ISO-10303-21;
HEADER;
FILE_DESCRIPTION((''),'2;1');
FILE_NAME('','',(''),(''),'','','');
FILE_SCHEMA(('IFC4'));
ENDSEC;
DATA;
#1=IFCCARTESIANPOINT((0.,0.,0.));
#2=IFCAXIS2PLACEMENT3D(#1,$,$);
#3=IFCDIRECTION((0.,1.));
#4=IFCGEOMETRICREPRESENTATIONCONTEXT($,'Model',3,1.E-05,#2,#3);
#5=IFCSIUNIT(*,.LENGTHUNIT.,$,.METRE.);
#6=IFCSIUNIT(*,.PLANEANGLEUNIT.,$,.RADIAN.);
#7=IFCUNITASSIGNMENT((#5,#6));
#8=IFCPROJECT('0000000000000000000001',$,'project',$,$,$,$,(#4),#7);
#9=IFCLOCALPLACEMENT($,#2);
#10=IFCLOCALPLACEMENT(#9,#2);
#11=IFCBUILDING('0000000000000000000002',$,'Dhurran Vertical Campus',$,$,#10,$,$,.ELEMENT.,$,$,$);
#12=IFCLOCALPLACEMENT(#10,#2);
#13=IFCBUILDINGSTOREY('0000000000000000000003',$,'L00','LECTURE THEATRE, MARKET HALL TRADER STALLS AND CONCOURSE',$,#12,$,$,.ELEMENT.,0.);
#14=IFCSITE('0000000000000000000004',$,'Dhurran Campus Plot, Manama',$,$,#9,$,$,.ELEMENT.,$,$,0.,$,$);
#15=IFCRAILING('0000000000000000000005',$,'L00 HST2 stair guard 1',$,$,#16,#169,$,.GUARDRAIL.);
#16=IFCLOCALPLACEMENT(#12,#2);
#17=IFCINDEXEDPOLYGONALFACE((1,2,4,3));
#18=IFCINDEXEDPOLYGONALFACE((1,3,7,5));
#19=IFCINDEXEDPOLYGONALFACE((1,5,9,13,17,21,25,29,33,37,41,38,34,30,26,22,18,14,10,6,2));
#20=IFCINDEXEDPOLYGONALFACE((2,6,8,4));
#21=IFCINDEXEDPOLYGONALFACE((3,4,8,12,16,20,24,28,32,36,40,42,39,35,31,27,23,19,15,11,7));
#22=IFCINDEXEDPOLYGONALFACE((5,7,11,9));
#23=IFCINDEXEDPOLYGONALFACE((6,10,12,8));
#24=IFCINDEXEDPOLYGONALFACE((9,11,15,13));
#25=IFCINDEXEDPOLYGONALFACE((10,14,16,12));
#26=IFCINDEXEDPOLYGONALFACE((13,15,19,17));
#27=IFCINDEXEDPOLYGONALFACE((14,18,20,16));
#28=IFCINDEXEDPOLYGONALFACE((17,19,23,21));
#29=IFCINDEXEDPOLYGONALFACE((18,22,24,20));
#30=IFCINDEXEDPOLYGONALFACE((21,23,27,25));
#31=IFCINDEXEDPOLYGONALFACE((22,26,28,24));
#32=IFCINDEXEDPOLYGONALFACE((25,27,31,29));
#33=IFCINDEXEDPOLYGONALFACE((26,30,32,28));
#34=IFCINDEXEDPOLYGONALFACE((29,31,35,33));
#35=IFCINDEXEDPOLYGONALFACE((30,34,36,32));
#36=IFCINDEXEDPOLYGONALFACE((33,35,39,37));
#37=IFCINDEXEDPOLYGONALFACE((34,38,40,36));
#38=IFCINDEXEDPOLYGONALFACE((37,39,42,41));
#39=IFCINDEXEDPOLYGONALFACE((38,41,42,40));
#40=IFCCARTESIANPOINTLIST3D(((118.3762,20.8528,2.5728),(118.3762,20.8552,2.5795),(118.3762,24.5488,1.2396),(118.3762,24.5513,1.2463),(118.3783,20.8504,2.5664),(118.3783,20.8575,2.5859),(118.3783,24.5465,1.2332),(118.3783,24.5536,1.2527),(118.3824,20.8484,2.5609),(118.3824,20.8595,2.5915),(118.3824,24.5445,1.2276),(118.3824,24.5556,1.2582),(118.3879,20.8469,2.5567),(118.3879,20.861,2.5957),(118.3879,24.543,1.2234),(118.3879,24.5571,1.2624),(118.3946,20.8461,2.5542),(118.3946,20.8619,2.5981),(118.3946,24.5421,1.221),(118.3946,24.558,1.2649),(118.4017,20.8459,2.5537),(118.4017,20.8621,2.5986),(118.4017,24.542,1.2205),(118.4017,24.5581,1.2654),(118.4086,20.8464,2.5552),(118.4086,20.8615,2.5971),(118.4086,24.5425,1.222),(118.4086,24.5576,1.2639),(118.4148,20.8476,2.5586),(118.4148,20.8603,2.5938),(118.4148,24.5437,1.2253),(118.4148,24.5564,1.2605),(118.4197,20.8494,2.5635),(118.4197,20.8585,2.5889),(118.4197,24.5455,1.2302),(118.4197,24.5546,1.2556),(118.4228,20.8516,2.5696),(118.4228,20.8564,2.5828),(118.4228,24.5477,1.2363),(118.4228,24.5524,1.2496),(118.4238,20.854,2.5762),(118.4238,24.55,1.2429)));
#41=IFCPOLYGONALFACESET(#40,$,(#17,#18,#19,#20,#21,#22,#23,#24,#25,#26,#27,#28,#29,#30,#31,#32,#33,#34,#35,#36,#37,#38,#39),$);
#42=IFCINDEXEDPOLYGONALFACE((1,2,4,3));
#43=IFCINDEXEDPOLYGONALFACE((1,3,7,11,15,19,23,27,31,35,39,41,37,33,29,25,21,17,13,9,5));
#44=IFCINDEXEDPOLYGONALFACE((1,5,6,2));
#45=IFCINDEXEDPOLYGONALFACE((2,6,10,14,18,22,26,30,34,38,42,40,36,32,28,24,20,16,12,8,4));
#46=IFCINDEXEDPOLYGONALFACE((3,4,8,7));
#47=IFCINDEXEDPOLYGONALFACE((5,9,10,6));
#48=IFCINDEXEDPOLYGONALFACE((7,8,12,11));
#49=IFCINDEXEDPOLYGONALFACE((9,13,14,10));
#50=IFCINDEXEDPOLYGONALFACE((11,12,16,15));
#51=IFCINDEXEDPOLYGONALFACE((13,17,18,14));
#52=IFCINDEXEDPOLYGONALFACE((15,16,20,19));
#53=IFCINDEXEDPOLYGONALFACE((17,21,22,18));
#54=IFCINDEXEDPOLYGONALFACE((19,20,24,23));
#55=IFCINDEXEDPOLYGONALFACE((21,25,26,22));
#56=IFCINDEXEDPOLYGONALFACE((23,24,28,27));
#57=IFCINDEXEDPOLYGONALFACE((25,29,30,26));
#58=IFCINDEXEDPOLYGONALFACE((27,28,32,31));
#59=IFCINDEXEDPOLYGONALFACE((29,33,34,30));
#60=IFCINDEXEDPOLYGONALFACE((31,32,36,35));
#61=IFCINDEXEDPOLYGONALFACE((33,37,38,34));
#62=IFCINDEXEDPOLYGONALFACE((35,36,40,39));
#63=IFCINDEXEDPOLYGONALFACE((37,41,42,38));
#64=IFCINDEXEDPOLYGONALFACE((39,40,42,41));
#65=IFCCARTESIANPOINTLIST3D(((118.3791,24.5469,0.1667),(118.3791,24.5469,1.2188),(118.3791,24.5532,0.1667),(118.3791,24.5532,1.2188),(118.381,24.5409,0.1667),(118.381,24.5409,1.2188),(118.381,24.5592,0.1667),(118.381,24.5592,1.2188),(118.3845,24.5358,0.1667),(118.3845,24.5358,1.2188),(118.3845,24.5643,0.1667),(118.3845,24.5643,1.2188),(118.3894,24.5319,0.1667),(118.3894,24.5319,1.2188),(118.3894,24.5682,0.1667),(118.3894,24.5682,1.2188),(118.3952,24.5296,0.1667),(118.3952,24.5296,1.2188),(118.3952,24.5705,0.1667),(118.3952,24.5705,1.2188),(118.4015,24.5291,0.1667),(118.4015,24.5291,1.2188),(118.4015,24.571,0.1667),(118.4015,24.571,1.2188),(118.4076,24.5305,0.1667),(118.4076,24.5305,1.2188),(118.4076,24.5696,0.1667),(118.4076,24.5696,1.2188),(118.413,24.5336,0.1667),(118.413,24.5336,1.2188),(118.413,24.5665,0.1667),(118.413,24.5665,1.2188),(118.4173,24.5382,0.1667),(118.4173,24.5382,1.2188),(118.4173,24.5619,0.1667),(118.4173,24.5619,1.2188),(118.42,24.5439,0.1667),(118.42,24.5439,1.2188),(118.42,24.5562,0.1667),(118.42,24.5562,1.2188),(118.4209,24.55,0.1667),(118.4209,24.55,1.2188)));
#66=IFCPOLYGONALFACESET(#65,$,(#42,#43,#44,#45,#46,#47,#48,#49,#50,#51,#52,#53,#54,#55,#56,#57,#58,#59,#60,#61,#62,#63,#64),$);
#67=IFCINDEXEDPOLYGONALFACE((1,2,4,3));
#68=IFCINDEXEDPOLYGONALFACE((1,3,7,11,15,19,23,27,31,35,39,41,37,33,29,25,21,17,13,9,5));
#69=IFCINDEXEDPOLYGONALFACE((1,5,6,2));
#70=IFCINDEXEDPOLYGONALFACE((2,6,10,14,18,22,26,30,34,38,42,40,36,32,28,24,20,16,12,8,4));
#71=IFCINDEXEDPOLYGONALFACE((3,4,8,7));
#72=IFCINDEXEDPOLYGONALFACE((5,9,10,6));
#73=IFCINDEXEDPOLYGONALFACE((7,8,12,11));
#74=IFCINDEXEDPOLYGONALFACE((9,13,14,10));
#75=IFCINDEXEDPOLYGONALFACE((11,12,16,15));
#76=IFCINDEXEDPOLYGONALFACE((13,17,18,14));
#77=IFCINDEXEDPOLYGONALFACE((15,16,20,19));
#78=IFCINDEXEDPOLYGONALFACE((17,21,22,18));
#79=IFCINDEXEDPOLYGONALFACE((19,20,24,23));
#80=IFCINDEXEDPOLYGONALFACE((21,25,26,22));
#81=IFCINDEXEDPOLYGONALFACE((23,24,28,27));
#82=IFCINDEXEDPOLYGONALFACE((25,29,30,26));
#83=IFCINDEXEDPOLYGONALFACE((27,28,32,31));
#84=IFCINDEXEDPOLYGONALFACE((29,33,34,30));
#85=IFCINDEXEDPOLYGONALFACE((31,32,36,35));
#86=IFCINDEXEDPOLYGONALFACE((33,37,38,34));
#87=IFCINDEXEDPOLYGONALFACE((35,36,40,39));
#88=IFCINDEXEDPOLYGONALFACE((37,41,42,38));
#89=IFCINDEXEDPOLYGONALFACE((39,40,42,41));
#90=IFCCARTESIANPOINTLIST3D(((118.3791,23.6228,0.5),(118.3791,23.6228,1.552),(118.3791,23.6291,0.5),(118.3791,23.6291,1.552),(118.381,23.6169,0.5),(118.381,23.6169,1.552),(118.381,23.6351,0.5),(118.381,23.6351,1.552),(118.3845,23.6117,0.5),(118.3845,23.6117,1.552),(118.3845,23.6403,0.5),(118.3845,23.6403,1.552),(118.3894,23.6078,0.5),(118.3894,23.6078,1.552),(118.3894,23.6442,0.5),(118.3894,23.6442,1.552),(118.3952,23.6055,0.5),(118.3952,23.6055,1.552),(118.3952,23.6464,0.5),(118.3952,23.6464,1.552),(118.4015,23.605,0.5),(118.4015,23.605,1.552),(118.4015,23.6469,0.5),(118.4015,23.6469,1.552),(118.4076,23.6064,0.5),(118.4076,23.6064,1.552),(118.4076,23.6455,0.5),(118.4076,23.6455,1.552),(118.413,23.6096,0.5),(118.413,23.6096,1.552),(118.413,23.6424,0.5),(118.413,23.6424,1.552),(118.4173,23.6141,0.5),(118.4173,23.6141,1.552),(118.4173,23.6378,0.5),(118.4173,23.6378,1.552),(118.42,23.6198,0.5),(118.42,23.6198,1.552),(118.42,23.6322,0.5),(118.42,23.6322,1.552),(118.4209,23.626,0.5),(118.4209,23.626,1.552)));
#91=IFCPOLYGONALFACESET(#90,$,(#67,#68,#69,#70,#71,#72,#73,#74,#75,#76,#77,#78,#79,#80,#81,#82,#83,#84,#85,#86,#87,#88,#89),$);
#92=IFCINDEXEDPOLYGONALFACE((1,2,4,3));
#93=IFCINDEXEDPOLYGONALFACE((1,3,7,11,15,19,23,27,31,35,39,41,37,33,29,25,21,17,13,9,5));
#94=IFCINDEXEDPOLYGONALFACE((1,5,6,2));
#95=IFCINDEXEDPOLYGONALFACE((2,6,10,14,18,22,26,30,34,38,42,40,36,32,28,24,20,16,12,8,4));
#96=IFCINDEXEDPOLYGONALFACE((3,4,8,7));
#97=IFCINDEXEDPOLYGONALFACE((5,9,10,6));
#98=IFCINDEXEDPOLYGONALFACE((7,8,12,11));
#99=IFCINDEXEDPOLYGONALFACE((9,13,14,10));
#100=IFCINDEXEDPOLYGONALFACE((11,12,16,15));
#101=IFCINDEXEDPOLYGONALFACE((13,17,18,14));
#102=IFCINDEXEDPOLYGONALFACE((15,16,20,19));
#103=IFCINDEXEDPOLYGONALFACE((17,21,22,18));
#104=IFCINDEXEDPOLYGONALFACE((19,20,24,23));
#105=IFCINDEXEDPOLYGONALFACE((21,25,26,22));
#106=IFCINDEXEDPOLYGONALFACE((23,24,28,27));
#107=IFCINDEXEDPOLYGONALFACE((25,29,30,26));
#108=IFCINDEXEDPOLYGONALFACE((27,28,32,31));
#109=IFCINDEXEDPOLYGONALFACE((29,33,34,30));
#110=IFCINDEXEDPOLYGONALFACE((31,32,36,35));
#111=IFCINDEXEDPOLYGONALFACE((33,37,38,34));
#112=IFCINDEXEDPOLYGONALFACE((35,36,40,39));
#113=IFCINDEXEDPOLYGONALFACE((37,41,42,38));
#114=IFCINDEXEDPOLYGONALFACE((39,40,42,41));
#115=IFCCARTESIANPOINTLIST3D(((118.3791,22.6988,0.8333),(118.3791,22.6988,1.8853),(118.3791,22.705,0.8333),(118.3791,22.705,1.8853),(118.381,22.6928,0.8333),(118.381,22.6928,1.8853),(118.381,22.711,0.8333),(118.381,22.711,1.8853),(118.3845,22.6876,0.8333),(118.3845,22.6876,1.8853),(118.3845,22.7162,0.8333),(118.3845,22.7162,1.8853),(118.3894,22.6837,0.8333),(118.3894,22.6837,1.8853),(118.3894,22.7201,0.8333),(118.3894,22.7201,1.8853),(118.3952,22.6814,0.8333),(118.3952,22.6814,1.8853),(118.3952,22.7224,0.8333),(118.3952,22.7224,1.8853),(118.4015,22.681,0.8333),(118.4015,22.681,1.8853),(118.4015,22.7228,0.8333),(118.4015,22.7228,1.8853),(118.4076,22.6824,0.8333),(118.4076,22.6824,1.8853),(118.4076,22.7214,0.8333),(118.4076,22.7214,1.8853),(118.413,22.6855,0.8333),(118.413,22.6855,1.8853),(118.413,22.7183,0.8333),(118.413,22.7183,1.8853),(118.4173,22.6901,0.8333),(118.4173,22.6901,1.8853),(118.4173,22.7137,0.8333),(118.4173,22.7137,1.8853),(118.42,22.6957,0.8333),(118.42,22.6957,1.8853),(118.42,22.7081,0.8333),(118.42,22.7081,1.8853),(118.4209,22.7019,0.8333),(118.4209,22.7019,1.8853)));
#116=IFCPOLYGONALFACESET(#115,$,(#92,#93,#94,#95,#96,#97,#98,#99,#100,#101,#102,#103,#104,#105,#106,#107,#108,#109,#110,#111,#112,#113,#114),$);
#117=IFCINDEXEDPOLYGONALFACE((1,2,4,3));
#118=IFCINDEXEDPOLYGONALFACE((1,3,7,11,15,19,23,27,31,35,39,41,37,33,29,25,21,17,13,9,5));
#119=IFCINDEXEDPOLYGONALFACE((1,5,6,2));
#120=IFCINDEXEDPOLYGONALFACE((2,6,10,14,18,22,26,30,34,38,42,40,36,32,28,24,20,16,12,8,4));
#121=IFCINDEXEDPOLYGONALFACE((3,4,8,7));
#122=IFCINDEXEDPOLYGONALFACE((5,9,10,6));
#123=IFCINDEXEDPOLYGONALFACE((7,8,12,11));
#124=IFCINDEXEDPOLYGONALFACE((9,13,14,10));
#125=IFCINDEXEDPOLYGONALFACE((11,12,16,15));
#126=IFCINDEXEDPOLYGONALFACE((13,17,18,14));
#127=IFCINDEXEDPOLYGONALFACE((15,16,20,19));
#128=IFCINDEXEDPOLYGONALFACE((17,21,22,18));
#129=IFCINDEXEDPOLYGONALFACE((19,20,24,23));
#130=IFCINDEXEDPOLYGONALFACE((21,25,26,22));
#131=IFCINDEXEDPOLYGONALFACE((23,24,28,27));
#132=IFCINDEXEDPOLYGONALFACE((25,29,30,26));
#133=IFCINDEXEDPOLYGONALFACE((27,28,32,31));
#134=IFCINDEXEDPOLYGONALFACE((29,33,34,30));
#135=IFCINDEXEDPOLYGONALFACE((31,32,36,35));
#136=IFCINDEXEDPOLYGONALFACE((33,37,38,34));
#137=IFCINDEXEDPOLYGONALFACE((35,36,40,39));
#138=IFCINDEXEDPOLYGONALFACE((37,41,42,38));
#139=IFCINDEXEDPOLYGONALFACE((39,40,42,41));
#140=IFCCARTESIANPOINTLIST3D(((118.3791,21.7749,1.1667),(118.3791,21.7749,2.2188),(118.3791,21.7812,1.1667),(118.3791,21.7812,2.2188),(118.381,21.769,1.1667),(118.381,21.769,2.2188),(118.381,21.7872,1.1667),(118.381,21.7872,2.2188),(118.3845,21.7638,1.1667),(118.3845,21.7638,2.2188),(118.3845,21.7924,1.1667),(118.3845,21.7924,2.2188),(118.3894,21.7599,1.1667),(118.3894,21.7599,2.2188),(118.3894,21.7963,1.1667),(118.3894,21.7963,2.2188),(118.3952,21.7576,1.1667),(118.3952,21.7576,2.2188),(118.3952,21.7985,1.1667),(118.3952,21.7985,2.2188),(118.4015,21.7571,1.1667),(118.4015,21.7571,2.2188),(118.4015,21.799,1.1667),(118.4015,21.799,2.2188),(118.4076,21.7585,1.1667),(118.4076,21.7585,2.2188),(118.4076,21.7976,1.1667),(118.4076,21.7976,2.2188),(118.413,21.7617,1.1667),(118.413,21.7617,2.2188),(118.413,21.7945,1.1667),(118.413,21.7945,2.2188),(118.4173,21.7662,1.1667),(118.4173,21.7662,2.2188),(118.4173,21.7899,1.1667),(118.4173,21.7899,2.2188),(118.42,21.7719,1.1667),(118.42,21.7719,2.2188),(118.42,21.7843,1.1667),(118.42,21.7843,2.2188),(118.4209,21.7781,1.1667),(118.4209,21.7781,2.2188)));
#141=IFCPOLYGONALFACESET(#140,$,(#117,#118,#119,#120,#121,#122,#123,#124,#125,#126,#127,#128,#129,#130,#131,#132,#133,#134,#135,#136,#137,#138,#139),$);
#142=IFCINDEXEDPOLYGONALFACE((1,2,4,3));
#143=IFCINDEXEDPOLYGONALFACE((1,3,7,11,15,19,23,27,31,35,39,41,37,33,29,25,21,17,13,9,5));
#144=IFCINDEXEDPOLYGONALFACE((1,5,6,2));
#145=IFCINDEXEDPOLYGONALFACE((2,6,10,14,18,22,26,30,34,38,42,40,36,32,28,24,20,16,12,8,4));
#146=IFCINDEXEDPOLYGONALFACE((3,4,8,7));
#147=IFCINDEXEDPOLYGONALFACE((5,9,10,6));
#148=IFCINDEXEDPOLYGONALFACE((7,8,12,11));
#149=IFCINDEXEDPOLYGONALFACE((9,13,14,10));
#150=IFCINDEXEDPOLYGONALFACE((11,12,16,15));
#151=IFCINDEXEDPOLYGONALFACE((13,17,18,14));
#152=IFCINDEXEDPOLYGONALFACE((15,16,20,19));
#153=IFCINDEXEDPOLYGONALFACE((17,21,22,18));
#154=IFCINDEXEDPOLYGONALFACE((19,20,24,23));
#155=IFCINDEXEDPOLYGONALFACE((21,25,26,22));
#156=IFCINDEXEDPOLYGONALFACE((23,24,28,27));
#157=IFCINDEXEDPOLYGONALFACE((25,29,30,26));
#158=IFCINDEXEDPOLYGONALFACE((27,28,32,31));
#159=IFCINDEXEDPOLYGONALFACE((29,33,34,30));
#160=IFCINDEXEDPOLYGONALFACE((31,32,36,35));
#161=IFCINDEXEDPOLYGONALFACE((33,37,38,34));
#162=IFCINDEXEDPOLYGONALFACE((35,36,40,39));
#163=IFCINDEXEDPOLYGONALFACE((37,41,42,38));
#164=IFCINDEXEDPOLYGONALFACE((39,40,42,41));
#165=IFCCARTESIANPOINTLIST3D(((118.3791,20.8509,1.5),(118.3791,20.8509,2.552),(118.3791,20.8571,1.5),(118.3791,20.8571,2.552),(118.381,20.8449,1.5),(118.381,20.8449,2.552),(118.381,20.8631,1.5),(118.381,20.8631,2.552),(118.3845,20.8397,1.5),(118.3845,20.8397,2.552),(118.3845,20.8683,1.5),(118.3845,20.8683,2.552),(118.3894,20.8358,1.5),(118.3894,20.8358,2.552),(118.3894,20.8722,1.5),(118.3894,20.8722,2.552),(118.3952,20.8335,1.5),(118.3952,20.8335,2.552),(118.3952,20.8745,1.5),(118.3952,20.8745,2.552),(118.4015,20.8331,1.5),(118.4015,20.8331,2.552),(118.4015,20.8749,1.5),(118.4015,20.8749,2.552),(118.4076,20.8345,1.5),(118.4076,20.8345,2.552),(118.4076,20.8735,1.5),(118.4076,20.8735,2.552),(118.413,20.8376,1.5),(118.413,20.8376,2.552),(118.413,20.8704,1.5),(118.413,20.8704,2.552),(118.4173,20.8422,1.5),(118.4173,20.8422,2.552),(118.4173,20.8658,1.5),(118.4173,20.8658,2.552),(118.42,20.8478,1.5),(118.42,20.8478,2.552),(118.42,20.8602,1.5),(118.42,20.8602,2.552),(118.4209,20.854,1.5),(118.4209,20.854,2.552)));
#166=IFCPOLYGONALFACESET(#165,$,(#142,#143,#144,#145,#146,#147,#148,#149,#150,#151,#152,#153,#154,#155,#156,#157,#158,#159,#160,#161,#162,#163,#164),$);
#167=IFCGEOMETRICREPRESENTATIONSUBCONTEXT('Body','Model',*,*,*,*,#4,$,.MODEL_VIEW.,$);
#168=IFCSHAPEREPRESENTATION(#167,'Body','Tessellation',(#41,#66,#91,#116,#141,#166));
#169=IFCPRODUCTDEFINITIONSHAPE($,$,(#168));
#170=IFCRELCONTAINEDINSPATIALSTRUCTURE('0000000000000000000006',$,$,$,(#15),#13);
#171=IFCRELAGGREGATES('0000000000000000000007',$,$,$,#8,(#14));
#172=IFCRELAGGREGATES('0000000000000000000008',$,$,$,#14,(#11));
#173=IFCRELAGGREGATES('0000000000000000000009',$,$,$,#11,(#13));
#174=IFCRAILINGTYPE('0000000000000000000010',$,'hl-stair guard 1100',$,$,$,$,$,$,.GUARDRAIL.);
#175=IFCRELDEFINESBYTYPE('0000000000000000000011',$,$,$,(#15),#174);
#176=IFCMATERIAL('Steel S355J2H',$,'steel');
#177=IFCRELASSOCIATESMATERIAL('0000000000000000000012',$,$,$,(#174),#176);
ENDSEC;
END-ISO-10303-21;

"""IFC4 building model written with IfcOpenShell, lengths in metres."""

from ifc_helpers import new_model, si_unit, direction, frame, origin, origin_2d, place, context, subcontext, project, spatial, circle, extrude, material, type_object, element, save


model = new_model("IFC4")

# Units and contexts
model_context = context("Model", 3, precision=1e-05, world=origin(), true_north=direction((0.0, 1.0)))
body_context = subcontext(model_context, "Body", "Model", "MODEL_VIEW")
ifc_project = project(units=[si_unit("LENGTHUNIT", "METRE"), si_unit("PLANEANGLEUNIT", "RADIAN")], contexts=[model_context])

# Site, building, storey
site_placement = place(None, origin())
site = spatial("IfcSite", under=ifc_project, at=site_placement, Name="Dhurran Campus Plot, Manama", CompositionType="ELEMENT", RefElevation=0.0)
building_placement = place(site_placement, origin())
building = spatial("IfcBuilding", under=site, at=building_placement, Name="Dhurran Vertical Campus", CompositionType="ELEMENT")
storey_placement = place(building_placement, origin())
storey = spatial("IfcBuildingStorey", under=building, at=storey_placement, Name="L00", Description="LECTURE THEATRE, MARKET HALL TRADER STALLS AND CONCOURSE", CompositionType="ELEMENT", Elevation=0.0)

# Railing
ifc_material_1 = material(Name="Steel S355J2H", Category="steel")
railing_type_1 = type_object("IfcRailingType", Name="hl-stair guard 1100", PredefinedType="GUARDRAIL", material=ifc_material_1)
railing_1_placement = place(storey_placement, frame((118.3999, 24.55, 0.1667)))
element("IfcRailing", 1, at=railing_1_placement, inside=storey, type_object=railing_type_1, Name="L00 HST2 stair guard 1", PredefinedType="GUARDRAIL", context=body_context, shape_type="SweptSolid", body=[
    extrude(circle(Radius=0.0239, at=origin_2d()), frame((0.0, 0.0, 1.0762), z_axis=(0.0, -0.94067, 0.339322), x_axis=(1.0, 0.0, 0.0)), (0.0, 0.0, 1.0), 3.9292),
    extrude(circle(Radius=0.021, at=origin_2d()), origin(), (0.0, 0.0, 1.0), 1.052),
    extrude(circle(Radius=0.021, at=origin_2d()), frame((0.0, -0.9241, 0.3333)), (0.0, 0.0, 1.0), 1.052),
    extrude(circle(Radius=0.021, at=origin_2d()), frame((0.0, -1.8481, 0.6665)), (0.0, 0.0, 1.0), 1.052),
    extrude(circle(Radius=0.021, at=origin_2d()), frame((0.0, -2.772, 1.0)), (0.0, 0.0, 1.0), 1.052),
    extrude(circle(Radius=0.021, at=origin_2d()), frame((0.0, -3.696, 1.3333)), (0.0, 0.0, 1.0), 1.052),
])

save(model, "model.ifc")
